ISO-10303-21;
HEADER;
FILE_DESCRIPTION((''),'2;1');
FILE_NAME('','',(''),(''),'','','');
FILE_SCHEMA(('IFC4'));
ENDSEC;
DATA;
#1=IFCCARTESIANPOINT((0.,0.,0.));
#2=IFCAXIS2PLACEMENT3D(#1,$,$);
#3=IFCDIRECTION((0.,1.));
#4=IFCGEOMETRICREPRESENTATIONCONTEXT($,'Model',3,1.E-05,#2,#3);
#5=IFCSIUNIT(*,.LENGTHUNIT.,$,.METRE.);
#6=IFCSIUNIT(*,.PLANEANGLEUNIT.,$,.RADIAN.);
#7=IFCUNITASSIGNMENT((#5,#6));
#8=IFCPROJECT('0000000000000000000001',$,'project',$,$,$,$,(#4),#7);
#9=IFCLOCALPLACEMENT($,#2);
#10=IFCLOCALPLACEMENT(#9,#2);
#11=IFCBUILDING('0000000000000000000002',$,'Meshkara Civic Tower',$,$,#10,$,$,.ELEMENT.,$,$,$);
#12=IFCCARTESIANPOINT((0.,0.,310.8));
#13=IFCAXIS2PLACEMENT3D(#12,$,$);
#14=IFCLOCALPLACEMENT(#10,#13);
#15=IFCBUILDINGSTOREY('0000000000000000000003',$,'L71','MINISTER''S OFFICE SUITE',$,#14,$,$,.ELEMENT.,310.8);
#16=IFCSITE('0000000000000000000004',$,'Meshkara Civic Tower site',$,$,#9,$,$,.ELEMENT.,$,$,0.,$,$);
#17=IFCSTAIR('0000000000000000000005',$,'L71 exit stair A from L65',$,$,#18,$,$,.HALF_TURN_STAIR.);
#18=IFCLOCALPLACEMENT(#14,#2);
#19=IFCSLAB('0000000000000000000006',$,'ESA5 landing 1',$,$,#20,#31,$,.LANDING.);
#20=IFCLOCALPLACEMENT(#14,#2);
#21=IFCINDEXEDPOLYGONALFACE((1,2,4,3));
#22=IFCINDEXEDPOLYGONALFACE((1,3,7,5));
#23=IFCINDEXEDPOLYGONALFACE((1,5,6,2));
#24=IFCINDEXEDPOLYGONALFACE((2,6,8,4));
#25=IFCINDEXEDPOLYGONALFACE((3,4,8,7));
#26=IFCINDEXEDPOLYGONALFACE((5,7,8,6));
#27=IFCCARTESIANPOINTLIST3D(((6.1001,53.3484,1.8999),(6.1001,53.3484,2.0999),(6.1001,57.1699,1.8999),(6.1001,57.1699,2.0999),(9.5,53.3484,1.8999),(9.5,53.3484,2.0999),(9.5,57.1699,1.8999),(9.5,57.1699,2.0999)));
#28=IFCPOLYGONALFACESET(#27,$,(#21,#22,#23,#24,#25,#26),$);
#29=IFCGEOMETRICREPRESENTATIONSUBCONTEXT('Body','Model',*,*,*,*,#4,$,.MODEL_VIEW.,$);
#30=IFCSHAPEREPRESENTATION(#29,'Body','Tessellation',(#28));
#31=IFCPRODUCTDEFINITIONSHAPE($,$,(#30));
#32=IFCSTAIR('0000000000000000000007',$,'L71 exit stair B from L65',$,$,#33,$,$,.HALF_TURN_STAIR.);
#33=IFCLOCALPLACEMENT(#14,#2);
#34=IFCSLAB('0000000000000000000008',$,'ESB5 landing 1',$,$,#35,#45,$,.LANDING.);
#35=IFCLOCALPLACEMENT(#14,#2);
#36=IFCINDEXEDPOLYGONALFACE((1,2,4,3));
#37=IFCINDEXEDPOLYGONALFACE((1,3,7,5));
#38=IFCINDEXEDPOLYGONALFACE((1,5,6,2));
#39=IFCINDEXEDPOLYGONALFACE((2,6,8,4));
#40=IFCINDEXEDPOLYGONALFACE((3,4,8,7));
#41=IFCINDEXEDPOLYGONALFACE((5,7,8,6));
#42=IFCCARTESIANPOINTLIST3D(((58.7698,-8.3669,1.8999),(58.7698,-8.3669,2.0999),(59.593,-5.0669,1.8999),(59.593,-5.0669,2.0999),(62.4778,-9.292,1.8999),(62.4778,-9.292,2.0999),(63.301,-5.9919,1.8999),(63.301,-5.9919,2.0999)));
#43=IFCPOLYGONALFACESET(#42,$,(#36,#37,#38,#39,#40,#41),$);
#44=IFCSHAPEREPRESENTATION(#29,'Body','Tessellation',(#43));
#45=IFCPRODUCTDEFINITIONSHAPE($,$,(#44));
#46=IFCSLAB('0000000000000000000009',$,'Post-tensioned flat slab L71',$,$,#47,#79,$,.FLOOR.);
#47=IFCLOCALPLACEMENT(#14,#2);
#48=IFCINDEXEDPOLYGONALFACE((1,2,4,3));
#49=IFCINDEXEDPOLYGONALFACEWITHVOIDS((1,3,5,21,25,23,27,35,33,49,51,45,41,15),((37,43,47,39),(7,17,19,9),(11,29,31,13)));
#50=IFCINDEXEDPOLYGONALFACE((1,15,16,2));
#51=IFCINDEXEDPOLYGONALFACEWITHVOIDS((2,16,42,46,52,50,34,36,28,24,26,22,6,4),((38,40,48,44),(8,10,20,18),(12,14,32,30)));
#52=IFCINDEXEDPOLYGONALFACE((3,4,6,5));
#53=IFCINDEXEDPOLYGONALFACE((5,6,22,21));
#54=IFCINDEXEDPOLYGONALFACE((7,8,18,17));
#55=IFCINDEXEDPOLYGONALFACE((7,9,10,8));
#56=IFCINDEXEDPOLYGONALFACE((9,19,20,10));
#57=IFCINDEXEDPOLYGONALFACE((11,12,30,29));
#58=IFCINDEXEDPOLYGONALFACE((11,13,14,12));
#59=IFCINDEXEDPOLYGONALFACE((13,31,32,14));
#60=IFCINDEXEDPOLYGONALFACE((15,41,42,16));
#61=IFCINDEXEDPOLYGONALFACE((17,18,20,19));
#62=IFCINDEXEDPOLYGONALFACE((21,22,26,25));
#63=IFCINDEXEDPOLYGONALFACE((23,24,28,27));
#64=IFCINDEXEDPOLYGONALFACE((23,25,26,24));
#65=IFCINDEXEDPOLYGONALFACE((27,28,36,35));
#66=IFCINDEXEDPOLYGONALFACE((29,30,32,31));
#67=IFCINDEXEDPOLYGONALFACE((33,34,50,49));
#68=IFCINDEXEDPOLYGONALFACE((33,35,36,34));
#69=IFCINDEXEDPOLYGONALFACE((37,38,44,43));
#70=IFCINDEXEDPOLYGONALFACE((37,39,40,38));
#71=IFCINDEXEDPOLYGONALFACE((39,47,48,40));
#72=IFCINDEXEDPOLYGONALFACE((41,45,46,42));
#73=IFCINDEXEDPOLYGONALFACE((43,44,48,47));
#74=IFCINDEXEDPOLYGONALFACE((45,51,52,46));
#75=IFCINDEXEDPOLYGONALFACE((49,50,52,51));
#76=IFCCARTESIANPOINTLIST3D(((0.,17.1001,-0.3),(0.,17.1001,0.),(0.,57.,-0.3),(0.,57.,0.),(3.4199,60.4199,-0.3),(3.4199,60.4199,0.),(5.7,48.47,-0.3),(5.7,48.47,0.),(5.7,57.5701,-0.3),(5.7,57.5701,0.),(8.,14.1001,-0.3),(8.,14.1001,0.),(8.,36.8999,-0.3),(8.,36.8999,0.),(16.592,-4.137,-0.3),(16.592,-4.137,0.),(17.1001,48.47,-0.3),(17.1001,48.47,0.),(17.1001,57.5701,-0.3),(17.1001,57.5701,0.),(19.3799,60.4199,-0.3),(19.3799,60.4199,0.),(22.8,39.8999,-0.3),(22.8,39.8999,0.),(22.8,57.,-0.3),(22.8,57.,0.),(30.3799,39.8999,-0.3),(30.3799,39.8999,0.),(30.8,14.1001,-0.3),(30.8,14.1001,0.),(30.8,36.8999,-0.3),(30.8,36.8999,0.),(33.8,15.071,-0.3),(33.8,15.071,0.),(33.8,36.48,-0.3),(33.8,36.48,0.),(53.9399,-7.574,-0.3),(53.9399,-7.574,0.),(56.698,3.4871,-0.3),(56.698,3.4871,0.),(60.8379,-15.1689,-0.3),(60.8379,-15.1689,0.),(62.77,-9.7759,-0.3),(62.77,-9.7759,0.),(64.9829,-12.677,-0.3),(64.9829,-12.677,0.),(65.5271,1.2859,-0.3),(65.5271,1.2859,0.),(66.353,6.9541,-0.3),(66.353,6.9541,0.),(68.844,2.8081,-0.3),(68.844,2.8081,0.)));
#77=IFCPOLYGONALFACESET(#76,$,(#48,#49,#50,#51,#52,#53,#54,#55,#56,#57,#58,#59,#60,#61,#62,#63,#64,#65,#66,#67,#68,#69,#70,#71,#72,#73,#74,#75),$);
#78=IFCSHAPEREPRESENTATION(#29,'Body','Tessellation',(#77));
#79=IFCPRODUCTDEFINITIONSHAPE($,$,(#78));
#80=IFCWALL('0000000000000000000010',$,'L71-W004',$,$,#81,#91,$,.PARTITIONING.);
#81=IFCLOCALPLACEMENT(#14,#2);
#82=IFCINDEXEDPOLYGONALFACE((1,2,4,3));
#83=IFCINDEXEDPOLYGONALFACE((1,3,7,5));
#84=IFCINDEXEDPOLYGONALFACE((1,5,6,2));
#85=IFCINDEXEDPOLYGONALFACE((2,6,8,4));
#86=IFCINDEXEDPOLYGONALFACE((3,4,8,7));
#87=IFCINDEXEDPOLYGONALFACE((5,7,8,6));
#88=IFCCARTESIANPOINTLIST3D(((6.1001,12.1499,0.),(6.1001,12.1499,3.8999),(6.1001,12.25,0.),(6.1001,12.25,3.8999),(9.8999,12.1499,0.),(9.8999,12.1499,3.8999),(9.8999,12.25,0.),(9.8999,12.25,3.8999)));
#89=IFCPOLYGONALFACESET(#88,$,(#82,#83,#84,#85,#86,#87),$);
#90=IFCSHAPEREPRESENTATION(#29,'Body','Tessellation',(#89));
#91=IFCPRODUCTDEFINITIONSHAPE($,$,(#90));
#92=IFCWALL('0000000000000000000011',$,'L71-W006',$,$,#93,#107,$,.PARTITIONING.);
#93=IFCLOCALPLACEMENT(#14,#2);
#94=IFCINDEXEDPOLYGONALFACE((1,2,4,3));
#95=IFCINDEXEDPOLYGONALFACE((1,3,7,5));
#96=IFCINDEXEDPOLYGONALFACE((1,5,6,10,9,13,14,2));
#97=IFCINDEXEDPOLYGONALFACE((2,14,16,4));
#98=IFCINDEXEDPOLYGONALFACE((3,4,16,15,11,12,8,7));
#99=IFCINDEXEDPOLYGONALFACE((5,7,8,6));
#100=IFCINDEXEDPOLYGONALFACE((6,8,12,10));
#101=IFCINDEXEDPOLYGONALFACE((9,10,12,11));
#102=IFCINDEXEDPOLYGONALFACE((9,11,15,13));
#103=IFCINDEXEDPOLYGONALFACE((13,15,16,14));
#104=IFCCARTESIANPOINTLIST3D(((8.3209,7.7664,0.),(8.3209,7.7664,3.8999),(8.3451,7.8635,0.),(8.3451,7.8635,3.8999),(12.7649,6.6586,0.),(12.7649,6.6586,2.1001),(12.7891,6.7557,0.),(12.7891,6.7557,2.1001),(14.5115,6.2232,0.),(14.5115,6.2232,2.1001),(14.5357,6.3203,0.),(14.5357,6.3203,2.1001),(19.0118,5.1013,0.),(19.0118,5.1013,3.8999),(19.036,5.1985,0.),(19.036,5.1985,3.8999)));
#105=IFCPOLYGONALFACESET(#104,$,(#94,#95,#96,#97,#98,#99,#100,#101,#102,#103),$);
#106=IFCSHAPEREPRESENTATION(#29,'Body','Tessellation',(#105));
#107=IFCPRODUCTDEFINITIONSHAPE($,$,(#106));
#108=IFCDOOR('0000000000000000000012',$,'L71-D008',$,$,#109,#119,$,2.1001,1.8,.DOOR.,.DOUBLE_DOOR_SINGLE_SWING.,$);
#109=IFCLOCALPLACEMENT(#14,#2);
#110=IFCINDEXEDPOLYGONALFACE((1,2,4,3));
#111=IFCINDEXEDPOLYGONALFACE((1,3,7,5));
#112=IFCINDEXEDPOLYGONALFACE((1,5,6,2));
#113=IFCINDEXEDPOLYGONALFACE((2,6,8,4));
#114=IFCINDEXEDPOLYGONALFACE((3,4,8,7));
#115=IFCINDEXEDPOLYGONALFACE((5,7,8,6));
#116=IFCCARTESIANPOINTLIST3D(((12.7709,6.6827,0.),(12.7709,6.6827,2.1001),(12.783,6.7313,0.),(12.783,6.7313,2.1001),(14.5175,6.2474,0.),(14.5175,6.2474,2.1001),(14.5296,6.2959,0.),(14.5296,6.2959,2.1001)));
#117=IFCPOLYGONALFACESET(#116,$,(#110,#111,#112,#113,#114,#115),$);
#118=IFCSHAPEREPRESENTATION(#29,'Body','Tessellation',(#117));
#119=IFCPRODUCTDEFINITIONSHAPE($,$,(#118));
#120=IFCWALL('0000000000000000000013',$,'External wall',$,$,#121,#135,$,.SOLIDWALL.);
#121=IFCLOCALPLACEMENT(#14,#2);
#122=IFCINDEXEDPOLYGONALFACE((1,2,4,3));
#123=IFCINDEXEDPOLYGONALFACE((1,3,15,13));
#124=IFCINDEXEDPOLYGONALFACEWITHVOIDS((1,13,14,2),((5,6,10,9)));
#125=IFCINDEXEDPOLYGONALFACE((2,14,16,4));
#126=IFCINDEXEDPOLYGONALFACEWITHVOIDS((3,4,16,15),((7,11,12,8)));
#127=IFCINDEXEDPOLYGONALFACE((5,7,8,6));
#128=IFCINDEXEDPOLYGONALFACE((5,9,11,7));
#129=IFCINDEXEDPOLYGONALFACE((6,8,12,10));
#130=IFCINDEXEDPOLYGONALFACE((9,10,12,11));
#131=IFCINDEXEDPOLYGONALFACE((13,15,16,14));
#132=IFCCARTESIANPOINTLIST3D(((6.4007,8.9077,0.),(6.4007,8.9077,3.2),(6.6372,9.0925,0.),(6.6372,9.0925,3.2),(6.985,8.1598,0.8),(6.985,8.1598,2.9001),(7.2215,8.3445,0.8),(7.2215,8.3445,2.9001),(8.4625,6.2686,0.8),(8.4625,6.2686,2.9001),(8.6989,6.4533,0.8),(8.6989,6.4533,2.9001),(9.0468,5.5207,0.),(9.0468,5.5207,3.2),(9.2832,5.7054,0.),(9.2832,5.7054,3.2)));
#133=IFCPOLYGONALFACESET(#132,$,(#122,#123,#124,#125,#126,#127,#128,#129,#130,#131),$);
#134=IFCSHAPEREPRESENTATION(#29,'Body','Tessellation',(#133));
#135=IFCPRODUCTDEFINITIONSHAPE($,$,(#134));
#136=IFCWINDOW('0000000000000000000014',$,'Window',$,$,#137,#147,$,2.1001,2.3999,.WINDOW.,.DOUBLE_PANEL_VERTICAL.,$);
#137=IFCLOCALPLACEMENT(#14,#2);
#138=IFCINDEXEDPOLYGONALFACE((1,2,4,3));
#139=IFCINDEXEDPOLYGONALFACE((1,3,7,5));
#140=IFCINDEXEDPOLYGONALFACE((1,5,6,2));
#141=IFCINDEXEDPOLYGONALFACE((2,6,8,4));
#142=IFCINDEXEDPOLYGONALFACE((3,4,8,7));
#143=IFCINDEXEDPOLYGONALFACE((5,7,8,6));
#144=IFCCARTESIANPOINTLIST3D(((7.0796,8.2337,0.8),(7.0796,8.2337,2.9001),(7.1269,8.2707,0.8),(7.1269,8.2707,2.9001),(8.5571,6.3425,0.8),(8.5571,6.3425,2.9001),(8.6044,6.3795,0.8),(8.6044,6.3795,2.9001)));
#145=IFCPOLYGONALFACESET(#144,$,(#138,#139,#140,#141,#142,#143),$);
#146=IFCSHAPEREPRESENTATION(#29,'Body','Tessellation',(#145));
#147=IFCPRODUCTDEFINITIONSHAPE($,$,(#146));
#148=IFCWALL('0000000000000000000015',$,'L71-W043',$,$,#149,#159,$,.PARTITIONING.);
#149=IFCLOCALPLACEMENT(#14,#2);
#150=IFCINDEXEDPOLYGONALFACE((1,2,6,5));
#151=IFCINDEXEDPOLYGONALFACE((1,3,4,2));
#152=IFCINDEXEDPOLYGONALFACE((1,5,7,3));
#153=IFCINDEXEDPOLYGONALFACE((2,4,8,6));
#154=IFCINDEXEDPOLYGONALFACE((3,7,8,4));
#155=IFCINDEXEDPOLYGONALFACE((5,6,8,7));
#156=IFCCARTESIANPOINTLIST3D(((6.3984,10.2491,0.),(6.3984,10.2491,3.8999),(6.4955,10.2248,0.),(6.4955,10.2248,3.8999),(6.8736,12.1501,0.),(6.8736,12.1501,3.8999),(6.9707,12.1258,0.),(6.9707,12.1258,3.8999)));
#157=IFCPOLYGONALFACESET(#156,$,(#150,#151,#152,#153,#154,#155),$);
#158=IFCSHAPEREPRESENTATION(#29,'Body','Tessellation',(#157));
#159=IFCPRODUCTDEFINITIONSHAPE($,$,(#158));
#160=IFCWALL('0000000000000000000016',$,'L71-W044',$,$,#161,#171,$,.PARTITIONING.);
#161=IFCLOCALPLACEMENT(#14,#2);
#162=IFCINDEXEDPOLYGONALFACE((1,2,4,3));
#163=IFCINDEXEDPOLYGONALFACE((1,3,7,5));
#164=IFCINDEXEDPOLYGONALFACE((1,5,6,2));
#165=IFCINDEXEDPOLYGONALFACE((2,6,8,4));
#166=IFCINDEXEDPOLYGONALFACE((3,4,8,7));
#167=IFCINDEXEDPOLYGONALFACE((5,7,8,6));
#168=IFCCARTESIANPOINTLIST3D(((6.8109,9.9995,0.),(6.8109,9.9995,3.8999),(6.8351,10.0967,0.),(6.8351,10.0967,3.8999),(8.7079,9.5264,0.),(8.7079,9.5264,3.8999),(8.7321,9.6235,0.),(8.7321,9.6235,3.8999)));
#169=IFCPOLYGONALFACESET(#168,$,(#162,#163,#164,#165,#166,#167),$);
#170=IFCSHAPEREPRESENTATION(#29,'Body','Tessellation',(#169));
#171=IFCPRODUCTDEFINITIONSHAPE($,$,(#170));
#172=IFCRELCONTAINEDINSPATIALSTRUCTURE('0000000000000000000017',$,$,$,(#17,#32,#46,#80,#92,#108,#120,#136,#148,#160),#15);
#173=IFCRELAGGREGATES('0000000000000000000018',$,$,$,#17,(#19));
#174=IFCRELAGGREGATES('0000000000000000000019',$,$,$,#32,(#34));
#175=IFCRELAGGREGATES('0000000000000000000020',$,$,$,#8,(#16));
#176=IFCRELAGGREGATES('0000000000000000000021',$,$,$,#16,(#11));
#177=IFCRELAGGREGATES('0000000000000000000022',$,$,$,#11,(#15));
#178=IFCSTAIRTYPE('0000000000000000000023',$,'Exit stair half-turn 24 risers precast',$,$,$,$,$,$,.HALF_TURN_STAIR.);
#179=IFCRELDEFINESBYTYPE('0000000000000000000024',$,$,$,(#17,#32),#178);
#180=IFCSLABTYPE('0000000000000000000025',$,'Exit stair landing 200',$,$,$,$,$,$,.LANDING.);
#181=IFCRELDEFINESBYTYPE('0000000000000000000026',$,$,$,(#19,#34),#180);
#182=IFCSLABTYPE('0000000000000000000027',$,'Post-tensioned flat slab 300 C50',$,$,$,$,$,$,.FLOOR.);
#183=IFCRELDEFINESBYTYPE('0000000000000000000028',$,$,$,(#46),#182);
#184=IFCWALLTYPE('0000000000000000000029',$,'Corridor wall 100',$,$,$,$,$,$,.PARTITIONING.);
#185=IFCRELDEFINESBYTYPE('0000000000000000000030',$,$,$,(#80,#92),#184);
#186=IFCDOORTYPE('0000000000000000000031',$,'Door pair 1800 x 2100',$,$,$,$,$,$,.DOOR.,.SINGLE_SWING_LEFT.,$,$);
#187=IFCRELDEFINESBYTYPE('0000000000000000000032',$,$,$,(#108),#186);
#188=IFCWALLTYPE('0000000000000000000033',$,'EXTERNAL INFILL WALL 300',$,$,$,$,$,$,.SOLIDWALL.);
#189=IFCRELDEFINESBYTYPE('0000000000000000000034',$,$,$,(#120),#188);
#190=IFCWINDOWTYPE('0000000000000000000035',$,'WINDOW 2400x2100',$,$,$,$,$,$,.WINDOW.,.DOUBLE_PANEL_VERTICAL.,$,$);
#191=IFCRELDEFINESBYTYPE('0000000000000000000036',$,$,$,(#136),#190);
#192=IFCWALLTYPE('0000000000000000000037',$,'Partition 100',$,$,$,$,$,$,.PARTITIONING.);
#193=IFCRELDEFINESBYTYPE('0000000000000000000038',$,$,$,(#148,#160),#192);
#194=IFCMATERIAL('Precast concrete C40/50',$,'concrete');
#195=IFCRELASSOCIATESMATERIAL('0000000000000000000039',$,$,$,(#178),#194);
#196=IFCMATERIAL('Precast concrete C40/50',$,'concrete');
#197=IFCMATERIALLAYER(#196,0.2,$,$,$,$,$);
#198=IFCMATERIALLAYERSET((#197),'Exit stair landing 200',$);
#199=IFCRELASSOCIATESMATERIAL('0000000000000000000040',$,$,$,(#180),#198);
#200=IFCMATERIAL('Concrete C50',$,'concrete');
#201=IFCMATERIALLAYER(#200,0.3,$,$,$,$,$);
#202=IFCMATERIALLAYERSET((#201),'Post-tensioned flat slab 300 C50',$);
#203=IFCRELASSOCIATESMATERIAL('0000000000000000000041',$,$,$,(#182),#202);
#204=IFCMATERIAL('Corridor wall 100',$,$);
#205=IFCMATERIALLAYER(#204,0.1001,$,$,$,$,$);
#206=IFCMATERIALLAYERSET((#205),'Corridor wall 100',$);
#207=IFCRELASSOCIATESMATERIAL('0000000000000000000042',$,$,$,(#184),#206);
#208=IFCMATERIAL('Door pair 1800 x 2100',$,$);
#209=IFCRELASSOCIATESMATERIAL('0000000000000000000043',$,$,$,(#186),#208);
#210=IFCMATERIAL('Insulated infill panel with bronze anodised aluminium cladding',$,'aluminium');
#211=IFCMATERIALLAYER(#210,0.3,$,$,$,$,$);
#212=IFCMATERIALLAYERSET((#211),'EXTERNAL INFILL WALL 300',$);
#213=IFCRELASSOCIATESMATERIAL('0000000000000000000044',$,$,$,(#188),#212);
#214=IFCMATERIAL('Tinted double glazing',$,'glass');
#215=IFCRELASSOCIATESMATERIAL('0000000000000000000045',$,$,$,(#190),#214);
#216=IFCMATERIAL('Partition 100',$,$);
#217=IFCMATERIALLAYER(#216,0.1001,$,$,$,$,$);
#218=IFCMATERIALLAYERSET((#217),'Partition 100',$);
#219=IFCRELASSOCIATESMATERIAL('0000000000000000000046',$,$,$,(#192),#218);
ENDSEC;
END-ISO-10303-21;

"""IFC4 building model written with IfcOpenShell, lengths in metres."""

from ifc_helpers import new_model, si_unit, direction, frame, frame_2d, origin, place, context, subcontext, project, spatial, polyline, rectangle, outline, extrude, material, layer, layer_set, type_object, element, fill, aggregate, save


model = new_model("IFC4")

# Units and contexts
model_context = context("Model", 3, precision=1e-05, world=origin(), true_north=direction((0.0, 1.0)))
body_context = subcontext(model_context, "Body", "Model", "MODEL_VIEW")
ifc_project = project(units=[si_unit("LENGTHUNIT", "METRE"), si_unit("PLANEANGLEUNIT", "RADIAN")], contexts=[model_context])

# Site, building, storey
site_placement = place(None, origin())
site = spatial("IfcSite", under=ifc_project, at=site_placement, Name="Meshkara Civic Tower site", CompositionType="ELEMENT", RefElevation=0.0)
building_placement = place(site_placement, origin())
building = spatial("IfcBuilding", under=site, at=building_placement, Name="Meshkara Civic Tower", CompositionType="ELEMENT")
storey_placement = place(building_placement, frame((0.0, 0.0, 310.8)))
storey = spatial("IfcBuildingStorey", under=building, at=storey_placement, Name="L71", Description="MINISTER'S OFFICE SUITE", CompositionType="ELEMENT", Elevation=310.8)

# Stairs, slabs
ifc_material_1 = material(Name="Precast concrete C40/50", Category="concrete")
stair_type = type_object("IfcStairType", Name="Exit stair half-turn 24 risers precast", PredefinedType="HALF_TURN_STAIR", material=ifc_material_1)
ifc_material_2 = material(Name="Precast concrete C40/50", Category="concrete")
ifc_layer_1 = layer(ifc_material_2, 0.2)
ifc_layer_set_1 = layer_set([ifc_layer_1], Name="Exit stair landing 200")
slab_type_1 = type_object("IfcSlabType", Name="Exit stair landing 200", PredefinedType="LANDING", material=ifc_layer_set_1)
stair_1_placement = place(storey_placement, origin())
stair_1 = element("IfcStair", 1, at=stair_1_placement, inside=storey, type_object=stair_type, Name="L71 exit stair A from L65", PredefinedType="HALF_TURN_STAIR")
slab_1_placement = place(storey_placement, frame((0.0, 0.0, 1.8999)))
slab_1 = element("IfcSlab", 2, at=slab_1_placement, type_object=slab_type_1, Name="ESA5 landing 1", PredefinedType="LANDING", context=body_context, shape_type="SweptSolid", body=[
    extrude(outline(polyline([(9.5, 53.3484), (9.5, 57.1699), (6.1001, 57.1699), (6.1001, 53.3484), (9.5, 53.3484)])), origin(), (0.0, 0.0, 1.0), 0.2),
])
aggregate(stair_1, [slab_1])
stair_2_placement = place(storey_placement, origin())
stair_2 = element("IfcStair", 3, at=stair_2_placement, inside=storey, type_object=stair_type, Name="L71 exit stair B from L65", PredefinedType="HALF_TURN_STAIR")
slab_2_placement = place(storey_placement, frame((0.0, 0.0, 1.8999)))
slab_2 = element("IfcSlab", 4, at=slab_2_placement, type_object=slab_type_1, Name="ESB5 landing 1", PredefinedType="LANDING", context=body_context, shape_type="SweptSolid", body=[
    extrude(outline(polyline([(58.7698, -8.3669), (62.4778, -9.292), (63.301, -5.9919), (59.593, -5.0669), (58.7698, -8.3669)])), origin(), (0.0, 0.0, 1.0), 0.2),
])
aggregate(stair_2, [slab_2])

# Slab
ifc_material_3 = material(Name="Concrete C50", Category="concrete")
ifc_layer_2 = layer(ifc_material_3, 0.3)
ifc_layer_set_2 = layer_set([ifc_layer_2], Name="Post-tensioned flat slab 300 C50")
slab_type_2 = type_object("IfcSlabType", Name="Post-tensioned flat slab 300 C50", PredefinedType="FLOOR", material=ifc_layer_set_2)
slab_3_placement = place(storey_placement, frame((0.0, 0.0, -0.3)))
element("IfcSlab", 5, at=slab_3_placement, inside=storey, type_object=slab_type_2, Name="Post-tensioned flat slab L71", PredefinedType="FLOOR", context=body_context, shape_type="SweptSolid", body=[
    extrude(outline(polyline([(64.9829, -12.677), (60.8379, -15.1689), (16.592, -4.137), (0.0, 17.1001), (0.0, 57.0), (3.4199, 60.4199), (19.3799, 60.4199), (22.8, 57.0), (22.8, 39.8999), (30.3799, 39.8999), (33.8, 36.48), (33.8, 15.071), (66.353, 6.9541), (68.844, 2.8081), (64.9829, -12.677)]), holes=[polyline([(62.77, -9.7759), (65.5271, 1.2859), (56.698, 3.4871), (53.9399, -7.574), (62.77, -9.7759)]), polyline([(8.0, 14.1001), (30.8, 14.1001), (30.8, 36.8999), (8.0, 36.8999), (8.0, 14.1001)]), polyline([(5.7, 57.5701), (5.7, 48.47), (17.1001, 48.47), (17.1001, 57.5701), (5.7, 57.5701)])]), origin(), (0.0, 0.0, 1.0), 0.3),
])

# Wall
ifc_material_4 = material(Name="Corridor wall 100")
ifc_layer_3 = layer(ifc_material_4, 0.1001)
ifc_layer_set_3 = layer_set([ifc_layer_3], Name="Corridor wall 100")
wall_type_1 = type_object("IfcWallType", Name="Corridor wall 100", PredefinedType="PARTITIONING", material=ifc_layer_set_3)
wall_1_placement = place(storey_placement, frame((6.1001, 12.2, 0.0), z_axis=(0.0, 0.0, 1.0), x_axis=(1.0, 0.0, 0.0)))
element("IfcWall", 6, at=wall_1_placement, inside=storey, type_object=wall_type_1, Name="L71-W004", PredefinedType="PARTITIONING", context=body_context, shape_type="SweptSolid", body=[
    extrude(rectangle(XDim=3.7998, YDim=0.1001, at=frame_2d((1.8999, 0.0))), origin(), (0.0, 0.0, 1.0), 3.8999),
])

# Wall, opening, door
wall_2_placement = place(storey_placement, frame((8.333, 7.8149, 0.0), z_axis=(0.0, 0.0, 1.0), x_axis=(0.970307, -0.241879, 0.0)))
wall_2 = element("IfcWall", 7, at=wall_2_placement, inside=storey, type_object=wall_type_1, Name="L71-W006", PredefinedType="PARTITIONING", context=body_context, shape_type="SweptSolid", body=[
    extrude(rectangle(XDim=11.0181, YDim=0.1001, at=frame_2d((5.509, 0.0))), origin(), (0.0, 0.0, 1.0), 3.8999),
])
opening_1_placement = place(wall_2_placement, frame((4.5801, 0.0, 0.0)))
opening_1 = element("IfcOpeningElement", 8, at=opening_1_placement, cuts=wall_2, PredefinedType="OPENING", context=body_context, shape_type="SweptSolid", body=[
    extrude(rectangle(XDim=1.8, YDim=2.1001, at=frame_2d((0.8999, 1.05))), frame((0.0, 0.0601, 0.0), z_axis=(0.0, -1.0, 0.0), x_axis=(1.0, 0.0, 0.0)), (0.0, 0.0, 1.0), 0.1201),
])
ifc_material_5 = material(Name="Door pair 1800 x 2100")
door_type = type_object("IfcDoorType", Name="Door pair 1800 x 2100", OperationType="SINGLE_SWING_LEFT", PredefinedType="DOOR", material=ifc_material_5)
door_placement = place(opening_1_placement, origin())
door = element("IfcDoor", 9, at=door_placement, inside=storey, type_object=door_type, Name="L71-D008", OperationType="DOUBLE_DOOR_SINGLE_SWING", OverallHeight=2.1001, OverallWidth=1.8, PredefinedType="DOOR", context=body_context, shape_type="SweptSolid", body=[
    extrude(rectangle(XDim=1.8, YDim=2.1001, at=frame_2d((0.8999, 1.05))), frame((0.0, 0.0249, 0.0), z_axis=(0.0, -1.0, 0.0), x_axis=(1.0, 0.0, 0.0)), (0.0, 0.0, 1.0), 0.05),
])
fill(opening_1, door)

# Wall, opening, window
ifc_material_6 = material(Name="Insulated infill panel with bronze anodised aluminium cladding", Category="aluminium")
ifc_layer_4 = layer(ifc_material_6, 0.3)
ifc_layer_set_4 = layer_set([ifc_layer_4], Name="EXTERNAL INFILL WALL 300")
wall_type_2 = type_object("IfcWallType", Name="EXTERNAL INFILL WALL 300", PredefinedType="SOLIDWALL", material=ifc_layer_set_4)
wall_3_placement = place(storey_placement, frame((6.519, 9.0, 0.0), z_axis=(0.0, 0.0, 1.0), x_axis=(0.615634, -0.788032, 0.0)))
wall_3 = element("IfcWall", 10, at=wall_3_placement, inside=storey, type_object=wall_type_2, Name="External wall", PredefinedType="SOLIDWALL", context=body_context, shape_type="SweptSolid", body=[
    extrude(rectangle(XDim=4.2981, YDim=0.3, at=frame_2d((2.1489, 0.0))), origin(), (0.0, 0.0, 1.0), 3.2),
])
opening_2_placement = place(wall_3_placement, frame((0.949, 0.0, 0.8)))
opening_2 = element("IfcOpeningElement", 11, at=opening_2_placement, cuts=wall_3, PredefinedType="OPENING", context=body_context, shape_type="SweptSolid", body=[
    extrude(rectangle(XDim=2.3999, YDim=2.1001, at=frame_2d((1.2, 1.05))), frame((0.0, 0.1599, 0.0), z_axis=(0.0, -1.0, 0.0), x_axis=(1.0, 0.0, 0.0)), (0.0, 0.0, 1.0), 0.3201),
])
ifc_material_7 = material(Name="Tinted double glazing", Category="glass")
window_type = type_object("IfcWindowType", Name="WINDOW 2400x2100", PartitioningType="DOUBLE_PANEL_VERTICAL", PredefinedType="WINDOW", material=ifc_material_7)
window_placement = place(opening_2_placement, origin())
window = element("IfcWindow", 12, at=window_placement, inside=storey, type_object=window_type, Name="Window", OverallHeight=2.1001, OverallWidth=2.3999, PartitioningType="DOUBLE_PANEL_VERTICAL", PredefinedType="WINDOW", context=body_context, shape_type="SweptSolid", body=[
    extrude(rectangle(XDim=2.3999, YDim=2.1001, at=frame_2d((1.2, 1.05))), frame((0.0, 0.03, 0.0), z_axis=(0.0, -1.0, 0.0), x_axis=(1.0, 0.0, 0.0)), (0.0, 0.0, 1.0), 0.0601),
])
fill(opening_2, window)

# Walls
ifc_material_8 = material(Name="Partition 100")
ifc_layer_5 = layer(ifc_material_8, 0.1001)
ifc_layer_set_5 = layer_set([ifc_layer_5], Name="Partition 100")
wall_type_3 = type_object("IfcWallType", Name="Partition 100", PredefinedType="PARTITIONING", material=ifc_layer_set_5)
wall_4_placement = place(storey_placement, frame((6.9221, 12.1379, 0.0), z_axis=(0.0, 0.0, 1.0), x_axis=(-0.242477, -0.970157, 0.0)))
element("IfcWall", 13, at=wall_4_placement, inside=storey, type_object=wall_type_3, Name="L71-W043", PredefinedType="PARTITIONING", context=body_context, shape_type="SweptSolid", body=[
    extrude(rectangle(XDim=1.9595, YDim=0.1001, at=frame_2d((0.9797, 0.0))), origin(), (0.0, 0.0, 1.0), 3.8999),
])
wall_5_placement = place(storey_placement, frame((8.72, 9.575, 0.0), z_axis=(0.0, 0.0, 1.0), x_axis=(-0.970275, 0.242007, 0.0)))
element("IfcWall", 14, at=wall_5_placement, inside=storey, type_object=wall_type_3, Name="L71-W044", PredefinedType="PARTITIONING", context=body_context, shape_type="SweptSolid", body=[
    extrude(rectangle(XDim=1.9551, YDim=0.1001, at=frame_2d((0.9775, 0.0))), origin(), (0.0, 0.0, 1.0), 3.8999),
])

save(model, "model.ifc")
